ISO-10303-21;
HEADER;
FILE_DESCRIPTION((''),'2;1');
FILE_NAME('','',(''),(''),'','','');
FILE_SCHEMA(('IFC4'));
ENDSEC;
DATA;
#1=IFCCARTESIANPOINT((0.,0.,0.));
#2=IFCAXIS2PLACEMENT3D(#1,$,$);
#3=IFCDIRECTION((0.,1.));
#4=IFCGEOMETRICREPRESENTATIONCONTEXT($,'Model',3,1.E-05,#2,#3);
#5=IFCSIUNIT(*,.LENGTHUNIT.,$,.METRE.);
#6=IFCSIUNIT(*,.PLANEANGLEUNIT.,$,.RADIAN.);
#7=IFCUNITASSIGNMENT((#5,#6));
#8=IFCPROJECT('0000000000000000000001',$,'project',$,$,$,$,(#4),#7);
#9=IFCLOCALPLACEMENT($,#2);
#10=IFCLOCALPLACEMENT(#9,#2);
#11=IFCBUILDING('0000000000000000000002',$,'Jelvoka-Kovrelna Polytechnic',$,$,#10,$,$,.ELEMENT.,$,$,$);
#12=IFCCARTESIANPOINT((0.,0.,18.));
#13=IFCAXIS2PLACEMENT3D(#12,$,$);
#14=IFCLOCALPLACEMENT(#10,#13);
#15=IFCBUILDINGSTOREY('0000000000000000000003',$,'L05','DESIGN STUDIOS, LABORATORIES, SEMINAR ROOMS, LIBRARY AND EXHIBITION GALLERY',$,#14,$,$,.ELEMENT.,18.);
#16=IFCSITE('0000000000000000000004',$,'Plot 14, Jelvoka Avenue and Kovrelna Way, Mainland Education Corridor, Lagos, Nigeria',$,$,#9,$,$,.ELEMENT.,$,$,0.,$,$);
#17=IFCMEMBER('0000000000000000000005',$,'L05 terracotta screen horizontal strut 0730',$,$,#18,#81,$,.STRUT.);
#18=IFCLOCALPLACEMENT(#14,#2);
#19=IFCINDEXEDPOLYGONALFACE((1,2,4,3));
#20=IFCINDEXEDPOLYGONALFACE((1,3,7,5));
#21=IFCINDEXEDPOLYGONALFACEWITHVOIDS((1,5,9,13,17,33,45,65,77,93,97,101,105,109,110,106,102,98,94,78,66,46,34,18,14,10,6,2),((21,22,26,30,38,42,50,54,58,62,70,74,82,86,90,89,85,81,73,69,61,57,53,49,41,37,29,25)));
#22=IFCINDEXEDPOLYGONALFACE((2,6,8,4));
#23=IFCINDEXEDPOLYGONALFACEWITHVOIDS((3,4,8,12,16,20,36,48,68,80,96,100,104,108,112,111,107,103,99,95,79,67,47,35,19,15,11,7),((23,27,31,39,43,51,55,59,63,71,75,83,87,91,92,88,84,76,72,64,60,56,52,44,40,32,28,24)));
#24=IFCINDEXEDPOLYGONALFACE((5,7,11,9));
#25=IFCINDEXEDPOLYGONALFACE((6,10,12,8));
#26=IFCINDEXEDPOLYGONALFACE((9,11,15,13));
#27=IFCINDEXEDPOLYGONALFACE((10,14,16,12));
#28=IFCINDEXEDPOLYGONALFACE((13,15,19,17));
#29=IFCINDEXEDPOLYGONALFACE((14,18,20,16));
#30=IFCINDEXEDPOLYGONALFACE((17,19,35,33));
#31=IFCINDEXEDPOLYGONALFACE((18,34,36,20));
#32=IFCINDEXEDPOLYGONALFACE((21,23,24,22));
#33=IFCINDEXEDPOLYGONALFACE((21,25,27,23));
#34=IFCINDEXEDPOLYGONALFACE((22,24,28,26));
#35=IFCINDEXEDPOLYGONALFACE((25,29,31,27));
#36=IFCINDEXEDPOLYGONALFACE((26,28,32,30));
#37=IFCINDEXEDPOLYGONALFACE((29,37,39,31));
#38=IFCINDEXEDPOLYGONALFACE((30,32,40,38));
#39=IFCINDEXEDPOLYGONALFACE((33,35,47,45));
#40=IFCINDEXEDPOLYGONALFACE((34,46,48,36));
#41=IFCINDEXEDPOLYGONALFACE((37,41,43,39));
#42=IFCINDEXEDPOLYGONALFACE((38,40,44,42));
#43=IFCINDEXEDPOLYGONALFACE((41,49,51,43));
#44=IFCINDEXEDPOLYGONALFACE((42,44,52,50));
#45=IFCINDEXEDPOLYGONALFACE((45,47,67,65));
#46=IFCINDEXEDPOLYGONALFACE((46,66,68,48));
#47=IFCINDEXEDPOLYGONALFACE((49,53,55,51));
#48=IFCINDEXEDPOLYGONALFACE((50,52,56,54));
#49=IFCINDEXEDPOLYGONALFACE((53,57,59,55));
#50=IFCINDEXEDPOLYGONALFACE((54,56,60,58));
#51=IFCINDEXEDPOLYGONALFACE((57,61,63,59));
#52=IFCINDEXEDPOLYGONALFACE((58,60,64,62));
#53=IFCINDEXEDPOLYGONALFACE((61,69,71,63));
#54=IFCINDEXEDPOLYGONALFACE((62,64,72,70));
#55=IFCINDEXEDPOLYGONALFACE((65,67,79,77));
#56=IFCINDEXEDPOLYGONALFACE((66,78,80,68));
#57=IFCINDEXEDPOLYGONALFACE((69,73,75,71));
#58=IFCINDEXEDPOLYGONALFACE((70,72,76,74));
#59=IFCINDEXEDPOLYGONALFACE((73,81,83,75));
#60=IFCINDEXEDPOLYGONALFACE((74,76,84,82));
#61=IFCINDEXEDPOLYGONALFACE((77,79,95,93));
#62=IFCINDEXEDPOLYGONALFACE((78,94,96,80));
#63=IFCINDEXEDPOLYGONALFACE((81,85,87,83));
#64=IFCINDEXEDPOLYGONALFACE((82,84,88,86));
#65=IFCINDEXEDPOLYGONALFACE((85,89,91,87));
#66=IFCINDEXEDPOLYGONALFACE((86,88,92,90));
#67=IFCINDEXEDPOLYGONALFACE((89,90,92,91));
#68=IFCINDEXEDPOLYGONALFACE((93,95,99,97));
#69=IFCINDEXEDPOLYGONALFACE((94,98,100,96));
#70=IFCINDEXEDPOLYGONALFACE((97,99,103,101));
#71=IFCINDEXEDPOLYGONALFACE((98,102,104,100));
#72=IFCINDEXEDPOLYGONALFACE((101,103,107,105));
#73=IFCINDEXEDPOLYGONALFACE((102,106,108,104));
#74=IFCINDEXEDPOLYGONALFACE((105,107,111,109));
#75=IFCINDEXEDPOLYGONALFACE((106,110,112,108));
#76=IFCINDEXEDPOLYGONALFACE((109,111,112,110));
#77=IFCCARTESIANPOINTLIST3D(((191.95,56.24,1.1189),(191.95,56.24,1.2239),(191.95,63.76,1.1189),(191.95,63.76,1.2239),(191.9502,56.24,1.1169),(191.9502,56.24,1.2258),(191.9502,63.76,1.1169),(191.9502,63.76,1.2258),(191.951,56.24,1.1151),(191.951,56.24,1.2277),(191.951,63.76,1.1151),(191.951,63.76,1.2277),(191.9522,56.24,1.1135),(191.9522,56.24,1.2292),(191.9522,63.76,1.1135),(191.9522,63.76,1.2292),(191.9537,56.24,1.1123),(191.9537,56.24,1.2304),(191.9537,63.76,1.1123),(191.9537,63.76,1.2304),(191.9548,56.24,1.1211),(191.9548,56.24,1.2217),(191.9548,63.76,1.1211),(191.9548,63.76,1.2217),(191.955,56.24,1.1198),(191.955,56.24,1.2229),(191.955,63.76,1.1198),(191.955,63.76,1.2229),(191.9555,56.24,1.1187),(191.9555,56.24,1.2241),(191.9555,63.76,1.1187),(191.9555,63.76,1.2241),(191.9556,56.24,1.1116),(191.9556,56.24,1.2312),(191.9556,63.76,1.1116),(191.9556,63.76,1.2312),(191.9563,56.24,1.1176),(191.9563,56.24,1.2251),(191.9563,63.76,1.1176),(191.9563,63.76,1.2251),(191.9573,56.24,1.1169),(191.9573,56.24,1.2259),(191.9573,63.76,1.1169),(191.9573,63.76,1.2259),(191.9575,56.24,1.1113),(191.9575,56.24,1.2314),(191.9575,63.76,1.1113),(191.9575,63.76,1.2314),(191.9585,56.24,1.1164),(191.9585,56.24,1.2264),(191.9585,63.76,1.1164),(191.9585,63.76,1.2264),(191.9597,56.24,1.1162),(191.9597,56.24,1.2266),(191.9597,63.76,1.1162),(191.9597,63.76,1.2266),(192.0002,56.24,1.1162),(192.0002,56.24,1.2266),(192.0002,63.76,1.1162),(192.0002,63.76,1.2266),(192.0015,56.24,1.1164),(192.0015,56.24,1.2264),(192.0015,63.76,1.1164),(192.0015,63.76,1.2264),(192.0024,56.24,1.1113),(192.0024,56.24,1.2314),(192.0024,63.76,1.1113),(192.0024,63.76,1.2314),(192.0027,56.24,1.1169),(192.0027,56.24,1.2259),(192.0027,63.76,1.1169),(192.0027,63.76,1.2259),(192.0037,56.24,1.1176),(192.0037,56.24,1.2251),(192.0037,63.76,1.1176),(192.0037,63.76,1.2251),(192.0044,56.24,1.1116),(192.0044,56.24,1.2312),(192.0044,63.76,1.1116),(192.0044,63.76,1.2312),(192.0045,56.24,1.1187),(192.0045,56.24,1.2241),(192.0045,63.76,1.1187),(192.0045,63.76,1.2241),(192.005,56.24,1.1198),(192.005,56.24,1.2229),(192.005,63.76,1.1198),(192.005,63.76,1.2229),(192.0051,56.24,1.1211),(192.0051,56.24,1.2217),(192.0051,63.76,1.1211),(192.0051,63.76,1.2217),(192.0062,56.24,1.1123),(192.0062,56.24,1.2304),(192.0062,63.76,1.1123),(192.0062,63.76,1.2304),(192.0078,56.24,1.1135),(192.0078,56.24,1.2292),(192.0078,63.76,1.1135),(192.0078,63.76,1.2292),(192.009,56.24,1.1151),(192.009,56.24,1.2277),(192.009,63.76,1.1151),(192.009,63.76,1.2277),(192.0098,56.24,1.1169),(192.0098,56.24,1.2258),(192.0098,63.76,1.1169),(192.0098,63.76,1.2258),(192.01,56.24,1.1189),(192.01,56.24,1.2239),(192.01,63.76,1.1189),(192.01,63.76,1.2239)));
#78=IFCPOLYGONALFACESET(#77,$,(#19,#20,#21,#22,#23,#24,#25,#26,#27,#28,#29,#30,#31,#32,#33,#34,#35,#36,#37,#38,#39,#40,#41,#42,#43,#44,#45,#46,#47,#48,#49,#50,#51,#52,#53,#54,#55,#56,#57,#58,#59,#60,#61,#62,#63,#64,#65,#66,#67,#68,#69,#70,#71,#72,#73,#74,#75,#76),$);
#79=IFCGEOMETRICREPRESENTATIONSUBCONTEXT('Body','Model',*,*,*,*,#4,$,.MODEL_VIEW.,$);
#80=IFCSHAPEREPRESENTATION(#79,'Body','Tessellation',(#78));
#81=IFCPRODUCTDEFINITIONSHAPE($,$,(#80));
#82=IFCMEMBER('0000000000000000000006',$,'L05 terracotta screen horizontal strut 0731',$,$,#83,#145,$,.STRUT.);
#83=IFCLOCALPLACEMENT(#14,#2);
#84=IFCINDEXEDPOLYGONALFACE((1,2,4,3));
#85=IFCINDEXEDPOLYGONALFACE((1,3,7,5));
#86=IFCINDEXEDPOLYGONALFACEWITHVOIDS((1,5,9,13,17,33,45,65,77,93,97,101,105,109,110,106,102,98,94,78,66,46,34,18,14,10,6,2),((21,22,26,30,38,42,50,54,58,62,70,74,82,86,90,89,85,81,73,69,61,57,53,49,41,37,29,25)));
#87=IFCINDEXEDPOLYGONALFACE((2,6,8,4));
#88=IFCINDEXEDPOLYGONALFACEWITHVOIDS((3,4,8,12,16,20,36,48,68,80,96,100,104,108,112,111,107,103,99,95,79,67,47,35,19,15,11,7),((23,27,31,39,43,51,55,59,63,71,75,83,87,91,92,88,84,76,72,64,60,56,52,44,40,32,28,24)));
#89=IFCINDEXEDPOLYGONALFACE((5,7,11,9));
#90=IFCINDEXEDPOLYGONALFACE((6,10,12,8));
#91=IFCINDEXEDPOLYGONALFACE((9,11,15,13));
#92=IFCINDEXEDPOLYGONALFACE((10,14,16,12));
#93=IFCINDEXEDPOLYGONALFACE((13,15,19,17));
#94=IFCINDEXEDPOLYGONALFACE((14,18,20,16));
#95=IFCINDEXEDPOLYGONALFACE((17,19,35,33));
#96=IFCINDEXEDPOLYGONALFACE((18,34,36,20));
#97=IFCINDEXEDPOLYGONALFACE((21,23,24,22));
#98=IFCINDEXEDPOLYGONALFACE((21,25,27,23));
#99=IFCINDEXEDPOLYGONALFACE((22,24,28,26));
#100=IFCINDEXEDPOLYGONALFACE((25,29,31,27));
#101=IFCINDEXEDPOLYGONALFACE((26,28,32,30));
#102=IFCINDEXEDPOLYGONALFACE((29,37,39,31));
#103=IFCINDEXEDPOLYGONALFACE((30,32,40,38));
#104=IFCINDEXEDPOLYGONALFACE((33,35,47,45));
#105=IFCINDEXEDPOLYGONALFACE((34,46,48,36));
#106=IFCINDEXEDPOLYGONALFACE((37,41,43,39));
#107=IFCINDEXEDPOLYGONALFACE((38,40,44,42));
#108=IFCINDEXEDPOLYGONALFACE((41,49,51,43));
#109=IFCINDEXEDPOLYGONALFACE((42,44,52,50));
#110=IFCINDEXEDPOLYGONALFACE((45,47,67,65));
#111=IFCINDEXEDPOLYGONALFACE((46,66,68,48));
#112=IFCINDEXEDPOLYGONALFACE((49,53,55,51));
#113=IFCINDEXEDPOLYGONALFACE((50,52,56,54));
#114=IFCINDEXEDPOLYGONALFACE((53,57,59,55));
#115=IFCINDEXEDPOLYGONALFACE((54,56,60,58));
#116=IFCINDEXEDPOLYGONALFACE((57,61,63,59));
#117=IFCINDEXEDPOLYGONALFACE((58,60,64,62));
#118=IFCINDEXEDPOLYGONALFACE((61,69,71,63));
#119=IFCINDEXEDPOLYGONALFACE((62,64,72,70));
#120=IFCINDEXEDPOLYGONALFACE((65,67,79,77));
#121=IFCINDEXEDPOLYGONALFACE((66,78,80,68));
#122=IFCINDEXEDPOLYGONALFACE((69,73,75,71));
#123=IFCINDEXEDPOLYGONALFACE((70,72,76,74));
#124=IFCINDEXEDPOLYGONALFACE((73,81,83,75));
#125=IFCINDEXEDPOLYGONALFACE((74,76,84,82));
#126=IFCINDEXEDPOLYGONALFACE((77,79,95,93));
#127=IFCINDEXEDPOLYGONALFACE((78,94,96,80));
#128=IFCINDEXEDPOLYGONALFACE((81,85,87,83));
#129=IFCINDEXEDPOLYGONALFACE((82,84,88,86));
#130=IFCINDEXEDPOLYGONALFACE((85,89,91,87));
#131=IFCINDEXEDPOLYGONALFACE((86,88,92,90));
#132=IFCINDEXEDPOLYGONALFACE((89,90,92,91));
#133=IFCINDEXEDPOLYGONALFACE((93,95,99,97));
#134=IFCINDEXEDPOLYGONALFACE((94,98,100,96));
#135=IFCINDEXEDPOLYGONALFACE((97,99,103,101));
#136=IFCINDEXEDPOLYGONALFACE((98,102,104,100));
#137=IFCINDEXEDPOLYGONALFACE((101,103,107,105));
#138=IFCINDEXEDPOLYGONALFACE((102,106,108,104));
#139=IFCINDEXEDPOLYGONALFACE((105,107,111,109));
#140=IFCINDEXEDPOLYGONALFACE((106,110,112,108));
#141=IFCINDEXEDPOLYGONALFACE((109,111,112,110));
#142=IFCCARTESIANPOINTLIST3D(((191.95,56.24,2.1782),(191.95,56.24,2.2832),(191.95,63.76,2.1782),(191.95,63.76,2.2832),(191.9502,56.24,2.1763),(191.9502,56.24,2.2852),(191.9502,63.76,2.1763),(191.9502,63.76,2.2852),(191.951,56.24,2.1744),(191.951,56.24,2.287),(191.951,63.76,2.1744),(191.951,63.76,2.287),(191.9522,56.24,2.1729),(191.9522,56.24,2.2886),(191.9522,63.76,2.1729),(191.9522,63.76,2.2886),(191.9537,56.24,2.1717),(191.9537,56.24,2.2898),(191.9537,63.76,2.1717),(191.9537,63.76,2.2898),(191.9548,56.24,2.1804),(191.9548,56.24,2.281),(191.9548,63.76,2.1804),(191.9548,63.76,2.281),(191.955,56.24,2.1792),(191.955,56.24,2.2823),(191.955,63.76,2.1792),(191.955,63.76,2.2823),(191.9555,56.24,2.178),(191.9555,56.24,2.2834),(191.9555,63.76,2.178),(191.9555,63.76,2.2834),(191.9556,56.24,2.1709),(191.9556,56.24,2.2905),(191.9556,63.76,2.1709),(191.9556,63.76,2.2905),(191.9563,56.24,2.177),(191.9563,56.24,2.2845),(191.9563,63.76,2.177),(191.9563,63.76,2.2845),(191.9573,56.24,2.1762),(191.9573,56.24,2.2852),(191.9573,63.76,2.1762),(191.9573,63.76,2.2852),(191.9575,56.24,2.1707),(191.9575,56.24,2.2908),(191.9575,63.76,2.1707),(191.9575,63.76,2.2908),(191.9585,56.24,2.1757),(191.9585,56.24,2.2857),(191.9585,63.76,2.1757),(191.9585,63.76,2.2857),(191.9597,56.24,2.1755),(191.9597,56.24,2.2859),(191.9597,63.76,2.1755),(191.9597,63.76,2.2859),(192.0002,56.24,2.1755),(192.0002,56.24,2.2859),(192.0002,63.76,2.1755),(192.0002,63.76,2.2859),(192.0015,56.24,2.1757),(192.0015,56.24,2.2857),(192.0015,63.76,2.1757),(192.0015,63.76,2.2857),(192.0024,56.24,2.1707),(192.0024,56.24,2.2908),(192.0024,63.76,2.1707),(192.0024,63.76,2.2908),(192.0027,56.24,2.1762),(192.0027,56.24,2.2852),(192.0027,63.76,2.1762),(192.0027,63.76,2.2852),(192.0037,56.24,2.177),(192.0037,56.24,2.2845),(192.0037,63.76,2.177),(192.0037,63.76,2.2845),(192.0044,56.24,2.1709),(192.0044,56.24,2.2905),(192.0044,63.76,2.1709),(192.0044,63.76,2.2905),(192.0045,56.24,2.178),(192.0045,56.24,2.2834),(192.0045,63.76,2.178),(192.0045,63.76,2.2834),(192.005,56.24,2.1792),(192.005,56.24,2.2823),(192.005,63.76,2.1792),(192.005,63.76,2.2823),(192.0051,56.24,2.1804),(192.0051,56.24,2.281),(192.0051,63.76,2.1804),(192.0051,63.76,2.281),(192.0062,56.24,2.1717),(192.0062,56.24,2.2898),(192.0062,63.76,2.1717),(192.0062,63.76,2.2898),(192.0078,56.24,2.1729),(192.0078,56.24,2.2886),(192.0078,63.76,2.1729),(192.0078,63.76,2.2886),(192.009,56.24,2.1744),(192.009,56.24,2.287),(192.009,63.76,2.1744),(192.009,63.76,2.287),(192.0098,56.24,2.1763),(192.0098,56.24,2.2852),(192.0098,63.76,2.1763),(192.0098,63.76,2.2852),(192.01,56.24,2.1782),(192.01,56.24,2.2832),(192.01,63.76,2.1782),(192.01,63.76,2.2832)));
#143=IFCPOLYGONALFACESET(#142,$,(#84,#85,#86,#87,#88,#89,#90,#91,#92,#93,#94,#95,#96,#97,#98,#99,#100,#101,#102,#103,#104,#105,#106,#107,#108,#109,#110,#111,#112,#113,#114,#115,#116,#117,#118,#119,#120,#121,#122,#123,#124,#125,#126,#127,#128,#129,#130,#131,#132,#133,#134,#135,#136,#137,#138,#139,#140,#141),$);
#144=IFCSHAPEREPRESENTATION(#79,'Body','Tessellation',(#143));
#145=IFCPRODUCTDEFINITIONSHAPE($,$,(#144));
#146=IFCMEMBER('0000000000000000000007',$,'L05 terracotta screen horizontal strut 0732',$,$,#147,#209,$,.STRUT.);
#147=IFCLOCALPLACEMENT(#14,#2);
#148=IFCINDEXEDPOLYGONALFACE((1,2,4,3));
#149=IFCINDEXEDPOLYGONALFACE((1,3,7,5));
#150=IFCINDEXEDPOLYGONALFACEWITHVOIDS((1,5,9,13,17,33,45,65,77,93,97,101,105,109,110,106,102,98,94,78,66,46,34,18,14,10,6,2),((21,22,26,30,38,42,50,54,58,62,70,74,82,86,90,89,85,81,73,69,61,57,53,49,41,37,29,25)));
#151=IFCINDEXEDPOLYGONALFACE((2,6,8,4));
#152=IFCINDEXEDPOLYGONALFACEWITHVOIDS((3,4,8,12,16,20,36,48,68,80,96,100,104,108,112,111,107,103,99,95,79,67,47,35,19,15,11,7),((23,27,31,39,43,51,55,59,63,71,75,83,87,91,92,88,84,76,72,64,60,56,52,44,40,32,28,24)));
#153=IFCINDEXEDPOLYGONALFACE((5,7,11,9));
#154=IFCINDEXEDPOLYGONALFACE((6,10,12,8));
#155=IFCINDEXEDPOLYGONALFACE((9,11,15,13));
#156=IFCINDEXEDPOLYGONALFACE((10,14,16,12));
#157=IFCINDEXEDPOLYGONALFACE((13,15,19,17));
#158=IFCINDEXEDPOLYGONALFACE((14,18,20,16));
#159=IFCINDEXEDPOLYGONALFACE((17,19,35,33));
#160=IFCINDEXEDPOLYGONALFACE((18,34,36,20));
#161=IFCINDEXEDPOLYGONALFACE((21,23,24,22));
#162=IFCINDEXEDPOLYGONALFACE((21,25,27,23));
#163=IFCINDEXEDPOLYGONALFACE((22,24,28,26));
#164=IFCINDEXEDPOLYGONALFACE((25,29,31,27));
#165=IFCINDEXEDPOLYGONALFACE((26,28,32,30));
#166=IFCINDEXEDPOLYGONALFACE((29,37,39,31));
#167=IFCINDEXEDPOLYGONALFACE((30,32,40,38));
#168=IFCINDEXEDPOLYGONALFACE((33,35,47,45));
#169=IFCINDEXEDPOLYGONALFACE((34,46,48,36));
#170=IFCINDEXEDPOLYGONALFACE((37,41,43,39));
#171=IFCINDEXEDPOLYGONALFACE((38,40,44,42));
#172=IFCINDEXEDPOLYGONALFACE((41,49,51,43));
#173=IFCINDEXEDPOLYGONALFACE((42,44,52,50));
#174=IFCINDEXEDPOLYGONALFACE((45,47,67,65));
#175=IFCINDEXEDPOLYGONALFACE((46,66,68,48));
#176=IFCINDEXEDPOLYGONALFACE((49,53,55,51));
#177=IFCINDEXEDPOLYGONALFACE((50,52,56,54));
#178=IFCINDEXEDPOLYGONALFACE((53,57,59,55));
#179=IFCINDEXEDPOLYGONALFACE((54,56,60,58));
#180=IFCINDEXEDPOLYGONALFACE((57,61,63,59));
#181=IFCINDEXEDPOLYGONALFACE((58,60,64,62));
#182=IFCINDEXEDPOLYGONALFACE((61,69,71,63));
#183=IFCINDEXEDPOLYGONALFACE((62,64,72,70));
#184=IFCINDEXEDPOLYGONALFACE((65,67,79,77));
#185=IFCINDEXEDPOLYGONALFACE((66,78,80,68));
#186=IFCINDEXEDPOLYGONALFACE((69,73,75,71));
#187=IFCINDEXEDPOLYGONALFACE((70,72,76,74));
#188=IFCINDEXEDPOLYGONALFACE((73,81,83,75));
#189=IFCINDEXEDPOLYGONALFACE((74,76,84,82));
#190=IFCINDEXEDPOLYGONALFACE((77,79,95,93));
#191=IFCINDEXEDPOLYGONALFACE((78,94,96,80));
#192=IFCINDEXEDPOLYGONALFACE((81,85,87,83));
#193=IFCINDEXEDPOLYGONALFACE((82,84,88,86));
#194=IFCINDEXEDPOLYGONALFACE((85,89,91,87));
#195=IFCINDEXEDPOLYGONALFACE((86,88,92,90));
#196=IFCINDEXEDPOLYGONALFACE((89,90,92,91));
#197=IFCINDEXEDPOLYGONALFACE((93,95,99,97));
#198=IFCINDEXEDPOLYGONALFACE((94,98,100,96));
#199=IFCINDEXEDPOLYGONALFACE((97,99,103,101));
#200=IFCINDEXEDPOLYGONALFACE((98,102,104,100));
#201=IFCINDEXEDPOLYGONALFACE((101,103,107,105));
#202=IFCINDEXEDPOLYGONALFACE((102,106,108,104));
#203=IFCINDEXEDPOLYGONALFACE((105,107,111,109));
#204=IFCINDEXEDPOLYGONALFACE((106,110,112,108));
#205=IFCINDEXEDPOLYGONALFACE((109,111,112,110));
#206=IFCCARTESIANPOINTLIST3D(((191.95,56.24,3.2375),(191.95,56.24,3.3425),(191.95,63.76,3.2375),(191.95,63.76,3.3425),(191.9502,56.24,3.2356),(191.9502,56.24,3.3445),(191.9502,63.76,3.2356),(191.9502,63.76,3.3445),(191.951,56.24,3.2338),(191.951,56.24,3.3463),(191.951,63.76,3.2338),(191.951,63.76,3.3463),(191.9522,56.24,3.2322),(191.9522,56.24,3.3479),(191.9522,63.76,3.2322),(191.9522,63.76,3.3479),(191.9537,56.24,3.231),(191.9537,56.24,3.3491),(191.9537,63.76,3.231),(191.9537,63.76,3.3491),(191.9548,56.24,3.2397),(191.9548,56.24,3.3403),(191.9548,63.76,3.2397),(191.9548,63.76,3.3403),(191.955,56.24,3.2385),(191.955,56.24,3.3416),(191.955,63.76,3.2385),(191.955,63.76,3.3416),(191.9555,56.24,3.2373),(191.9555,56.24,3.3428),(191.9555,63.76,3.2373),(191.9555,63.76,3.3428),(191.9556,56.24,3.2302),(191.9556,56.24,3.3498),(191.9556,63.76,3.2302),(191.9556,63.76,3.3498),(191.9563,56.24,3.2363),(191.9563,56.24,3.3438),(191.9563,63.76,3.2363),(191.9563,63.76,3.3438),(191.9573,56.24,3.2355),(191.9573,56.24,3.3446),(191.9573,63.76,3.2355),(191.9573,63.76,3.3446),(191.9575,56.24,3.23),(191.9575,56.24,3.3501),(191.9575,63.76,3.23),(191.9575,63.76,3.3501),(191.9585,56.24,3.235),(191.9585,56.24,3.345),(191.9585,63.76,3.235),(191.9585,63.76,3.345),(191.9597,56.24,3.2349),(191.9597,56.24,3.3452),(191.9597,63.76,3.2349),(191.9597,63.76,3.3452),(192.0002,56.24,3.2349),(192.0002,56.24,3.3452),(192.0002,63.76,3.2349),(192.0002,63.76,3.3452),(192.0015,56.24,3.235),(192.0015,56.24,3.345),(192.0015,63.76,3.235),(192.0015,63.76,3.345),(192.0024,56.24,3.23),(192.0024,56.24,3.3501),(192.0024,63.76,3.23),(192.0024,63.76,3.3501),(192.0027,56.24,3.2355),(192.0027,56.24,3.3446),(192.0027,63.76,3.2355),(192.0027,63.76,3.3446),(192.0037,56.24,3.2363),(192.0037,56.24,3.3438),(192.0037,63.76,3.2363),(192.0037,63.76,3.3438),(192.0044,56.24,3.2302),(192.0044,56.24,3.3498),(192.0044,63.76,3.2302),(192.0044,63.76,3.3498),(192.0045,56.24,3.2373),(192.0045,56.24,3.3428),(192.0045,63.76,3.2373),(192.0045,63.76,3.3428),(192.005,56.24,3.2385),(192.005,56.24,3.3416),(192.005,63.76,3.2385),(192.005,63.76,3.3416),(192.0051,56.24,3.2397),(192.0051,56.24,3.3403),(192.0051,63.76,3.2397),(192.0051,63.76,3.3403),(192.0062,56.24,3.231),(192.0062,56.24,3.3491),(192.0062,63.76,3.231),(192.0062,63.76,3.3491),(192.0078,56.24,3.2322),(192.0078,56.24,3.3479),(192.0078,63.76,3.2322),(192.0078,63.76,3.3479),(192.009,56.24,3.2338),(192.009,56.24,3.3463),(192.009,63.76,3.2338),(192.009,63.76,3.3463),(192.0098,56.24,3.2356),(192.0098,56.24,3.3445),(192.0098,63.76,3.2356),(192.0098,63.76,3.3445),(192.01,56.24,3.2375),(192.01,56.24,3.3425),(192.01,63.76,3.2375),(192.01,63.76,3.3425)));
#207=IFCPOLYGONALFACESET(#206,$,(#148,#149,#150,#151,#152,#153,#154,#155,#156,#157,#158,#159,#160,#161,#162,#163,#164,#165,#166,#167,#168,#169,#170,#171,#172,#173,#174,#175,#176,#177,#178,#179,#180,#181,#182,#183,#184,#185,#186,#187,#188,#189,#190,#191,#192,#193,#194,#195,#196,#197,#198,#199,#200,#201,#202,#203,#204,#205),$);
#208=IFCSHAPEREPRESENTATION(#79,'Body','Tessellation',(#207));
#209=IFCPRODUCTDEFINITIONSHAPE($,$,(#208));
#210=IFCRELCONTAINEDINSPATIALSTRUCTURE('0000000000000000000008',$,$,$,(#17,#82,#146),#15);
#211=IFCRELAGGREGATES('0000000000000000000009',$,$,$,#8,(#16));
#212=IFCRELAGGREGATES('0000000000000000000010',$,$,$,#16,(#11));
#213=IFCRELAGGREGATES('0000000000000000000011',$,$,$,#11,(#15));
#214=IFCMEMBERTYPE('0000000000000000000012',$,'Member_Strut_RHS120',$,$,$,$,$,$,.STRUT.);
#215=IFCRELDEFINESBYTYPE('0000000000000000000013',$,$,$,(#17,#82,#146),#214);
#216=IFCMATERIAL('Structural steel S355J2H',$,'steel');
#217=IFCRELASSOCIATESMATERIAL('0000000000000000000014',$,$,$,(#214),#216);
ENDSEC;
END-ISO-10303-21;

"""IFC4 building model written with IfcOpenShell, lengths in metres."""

from ifc_helpers import new_model, si_unit, direction, frame, origin, origin_2d, place, context, subcontext, project, spatial, hollow_rectangle, extrude, material, material_profile, profile_set, type_object, element, save


model = new_model("IFC4")

# Units and contexts
model_context = context("Model", 3, precision=1e-05, world=origin(), true_north=direction((0.0, 1.0)))
body_context = subcontext(model_context, "Body", "Model", "MODEL_VIEW")
ifc_project = project(units=[si_unit("LENGTHUNIT", "METRE"), si_unit("PLANEANGLEUNIT", "RADIAN")], contexts=[model_context])

# Site, building, storey
site_placement = place(None, origin())
site = spatial("IfcSite", under=ifc_project, at=site_placement, Name="Plot 14, Jelvoka Avenue and Kovrelna Way, Mainland Education Corridor, Lagos, Nigeria", CompositionType="ELEMENT", RefElevation=0.0)
building_placement = place(site_placement, origin())
building = spatial("IfcBuilding", under=site, at=building_placement, Name="Jelvoka-Kovrelna Polytechnic", CompositionType="ELEMENT")
storey_placement = place(building_placement, frame((0.0, 0.0, 18.0)))
storey = spatial("IfcBuildingStorey", under=building, at=storey_placement, Name="L05", Description="DESIGN STUDIOS, LABORATORIES, SEMINAR ROOMS, LIBRARY AND EXHIBITION GALLERY", CompositionType="ELEMENT", Elevation=18.0)

# Members
ifc_material_1 = material(Name="Structural steel S355J2H", Category="steel")
ifc_material_profile_1 = material_profile(ifc_material_1, hollow_rectangle(XDim=0.0601, YDim=0.1201, WallThickness=0.0049, InnerFilletRadius=0.0049, OuterFilletRadius=0.0076, at=origin_2d()), Name="120x60x5.0 RHS")
ifc_profile_set_1 = profile_set([ifc_material_profile_1], Name="Structural steel S355J2H")
member_type_1 = type_object("IfcMemberType", Name="Member_Strut_RHS120", PredefinedType="STRUT", material=ifc_profile_set_1)
for number, where, z_axis, x_axis, name in (
    (1, (191.98, 56.24, 1.1714), (0.0, 1.0, 0.0), (-1.0, 0.0, 0.0), "L05 terracotta screen horizontal strut 0730"),
    (2, (191.98, 56.24, 2.2307), (0.0, 1.0, 0.0), (-1.0, 0.0, 0.0), "L05 terracotta screen horizontal strut 0731"),
    (3, (191.98, 56.24, 3.29), (0.0, 1.0, 0.0), (-1.0, 0.0, 0.0), "L05 terracotta screen horizontal strut 0732"),
):
    element("IfcMember", number, at=place(storey_placement, frame(where, z_axis=z_axis, x_axis=x_axis)), inside=storey, type_object=member_type_1, Name=name, PredefinedType="STRUT", context=body_context, shape_type="SweptSolid", body=[
        extrude(hollow_rectangle(XDim=0.0601, YDim=0.1201, WallThickness=0.0049, InnerFilletRadius=0.0049, OuterFilletRadius=0.0076, at=origin_2d()), origin(), (0.0, 0.0, 1.0), 7.52),
    ])

save(model, "model.ifc")
